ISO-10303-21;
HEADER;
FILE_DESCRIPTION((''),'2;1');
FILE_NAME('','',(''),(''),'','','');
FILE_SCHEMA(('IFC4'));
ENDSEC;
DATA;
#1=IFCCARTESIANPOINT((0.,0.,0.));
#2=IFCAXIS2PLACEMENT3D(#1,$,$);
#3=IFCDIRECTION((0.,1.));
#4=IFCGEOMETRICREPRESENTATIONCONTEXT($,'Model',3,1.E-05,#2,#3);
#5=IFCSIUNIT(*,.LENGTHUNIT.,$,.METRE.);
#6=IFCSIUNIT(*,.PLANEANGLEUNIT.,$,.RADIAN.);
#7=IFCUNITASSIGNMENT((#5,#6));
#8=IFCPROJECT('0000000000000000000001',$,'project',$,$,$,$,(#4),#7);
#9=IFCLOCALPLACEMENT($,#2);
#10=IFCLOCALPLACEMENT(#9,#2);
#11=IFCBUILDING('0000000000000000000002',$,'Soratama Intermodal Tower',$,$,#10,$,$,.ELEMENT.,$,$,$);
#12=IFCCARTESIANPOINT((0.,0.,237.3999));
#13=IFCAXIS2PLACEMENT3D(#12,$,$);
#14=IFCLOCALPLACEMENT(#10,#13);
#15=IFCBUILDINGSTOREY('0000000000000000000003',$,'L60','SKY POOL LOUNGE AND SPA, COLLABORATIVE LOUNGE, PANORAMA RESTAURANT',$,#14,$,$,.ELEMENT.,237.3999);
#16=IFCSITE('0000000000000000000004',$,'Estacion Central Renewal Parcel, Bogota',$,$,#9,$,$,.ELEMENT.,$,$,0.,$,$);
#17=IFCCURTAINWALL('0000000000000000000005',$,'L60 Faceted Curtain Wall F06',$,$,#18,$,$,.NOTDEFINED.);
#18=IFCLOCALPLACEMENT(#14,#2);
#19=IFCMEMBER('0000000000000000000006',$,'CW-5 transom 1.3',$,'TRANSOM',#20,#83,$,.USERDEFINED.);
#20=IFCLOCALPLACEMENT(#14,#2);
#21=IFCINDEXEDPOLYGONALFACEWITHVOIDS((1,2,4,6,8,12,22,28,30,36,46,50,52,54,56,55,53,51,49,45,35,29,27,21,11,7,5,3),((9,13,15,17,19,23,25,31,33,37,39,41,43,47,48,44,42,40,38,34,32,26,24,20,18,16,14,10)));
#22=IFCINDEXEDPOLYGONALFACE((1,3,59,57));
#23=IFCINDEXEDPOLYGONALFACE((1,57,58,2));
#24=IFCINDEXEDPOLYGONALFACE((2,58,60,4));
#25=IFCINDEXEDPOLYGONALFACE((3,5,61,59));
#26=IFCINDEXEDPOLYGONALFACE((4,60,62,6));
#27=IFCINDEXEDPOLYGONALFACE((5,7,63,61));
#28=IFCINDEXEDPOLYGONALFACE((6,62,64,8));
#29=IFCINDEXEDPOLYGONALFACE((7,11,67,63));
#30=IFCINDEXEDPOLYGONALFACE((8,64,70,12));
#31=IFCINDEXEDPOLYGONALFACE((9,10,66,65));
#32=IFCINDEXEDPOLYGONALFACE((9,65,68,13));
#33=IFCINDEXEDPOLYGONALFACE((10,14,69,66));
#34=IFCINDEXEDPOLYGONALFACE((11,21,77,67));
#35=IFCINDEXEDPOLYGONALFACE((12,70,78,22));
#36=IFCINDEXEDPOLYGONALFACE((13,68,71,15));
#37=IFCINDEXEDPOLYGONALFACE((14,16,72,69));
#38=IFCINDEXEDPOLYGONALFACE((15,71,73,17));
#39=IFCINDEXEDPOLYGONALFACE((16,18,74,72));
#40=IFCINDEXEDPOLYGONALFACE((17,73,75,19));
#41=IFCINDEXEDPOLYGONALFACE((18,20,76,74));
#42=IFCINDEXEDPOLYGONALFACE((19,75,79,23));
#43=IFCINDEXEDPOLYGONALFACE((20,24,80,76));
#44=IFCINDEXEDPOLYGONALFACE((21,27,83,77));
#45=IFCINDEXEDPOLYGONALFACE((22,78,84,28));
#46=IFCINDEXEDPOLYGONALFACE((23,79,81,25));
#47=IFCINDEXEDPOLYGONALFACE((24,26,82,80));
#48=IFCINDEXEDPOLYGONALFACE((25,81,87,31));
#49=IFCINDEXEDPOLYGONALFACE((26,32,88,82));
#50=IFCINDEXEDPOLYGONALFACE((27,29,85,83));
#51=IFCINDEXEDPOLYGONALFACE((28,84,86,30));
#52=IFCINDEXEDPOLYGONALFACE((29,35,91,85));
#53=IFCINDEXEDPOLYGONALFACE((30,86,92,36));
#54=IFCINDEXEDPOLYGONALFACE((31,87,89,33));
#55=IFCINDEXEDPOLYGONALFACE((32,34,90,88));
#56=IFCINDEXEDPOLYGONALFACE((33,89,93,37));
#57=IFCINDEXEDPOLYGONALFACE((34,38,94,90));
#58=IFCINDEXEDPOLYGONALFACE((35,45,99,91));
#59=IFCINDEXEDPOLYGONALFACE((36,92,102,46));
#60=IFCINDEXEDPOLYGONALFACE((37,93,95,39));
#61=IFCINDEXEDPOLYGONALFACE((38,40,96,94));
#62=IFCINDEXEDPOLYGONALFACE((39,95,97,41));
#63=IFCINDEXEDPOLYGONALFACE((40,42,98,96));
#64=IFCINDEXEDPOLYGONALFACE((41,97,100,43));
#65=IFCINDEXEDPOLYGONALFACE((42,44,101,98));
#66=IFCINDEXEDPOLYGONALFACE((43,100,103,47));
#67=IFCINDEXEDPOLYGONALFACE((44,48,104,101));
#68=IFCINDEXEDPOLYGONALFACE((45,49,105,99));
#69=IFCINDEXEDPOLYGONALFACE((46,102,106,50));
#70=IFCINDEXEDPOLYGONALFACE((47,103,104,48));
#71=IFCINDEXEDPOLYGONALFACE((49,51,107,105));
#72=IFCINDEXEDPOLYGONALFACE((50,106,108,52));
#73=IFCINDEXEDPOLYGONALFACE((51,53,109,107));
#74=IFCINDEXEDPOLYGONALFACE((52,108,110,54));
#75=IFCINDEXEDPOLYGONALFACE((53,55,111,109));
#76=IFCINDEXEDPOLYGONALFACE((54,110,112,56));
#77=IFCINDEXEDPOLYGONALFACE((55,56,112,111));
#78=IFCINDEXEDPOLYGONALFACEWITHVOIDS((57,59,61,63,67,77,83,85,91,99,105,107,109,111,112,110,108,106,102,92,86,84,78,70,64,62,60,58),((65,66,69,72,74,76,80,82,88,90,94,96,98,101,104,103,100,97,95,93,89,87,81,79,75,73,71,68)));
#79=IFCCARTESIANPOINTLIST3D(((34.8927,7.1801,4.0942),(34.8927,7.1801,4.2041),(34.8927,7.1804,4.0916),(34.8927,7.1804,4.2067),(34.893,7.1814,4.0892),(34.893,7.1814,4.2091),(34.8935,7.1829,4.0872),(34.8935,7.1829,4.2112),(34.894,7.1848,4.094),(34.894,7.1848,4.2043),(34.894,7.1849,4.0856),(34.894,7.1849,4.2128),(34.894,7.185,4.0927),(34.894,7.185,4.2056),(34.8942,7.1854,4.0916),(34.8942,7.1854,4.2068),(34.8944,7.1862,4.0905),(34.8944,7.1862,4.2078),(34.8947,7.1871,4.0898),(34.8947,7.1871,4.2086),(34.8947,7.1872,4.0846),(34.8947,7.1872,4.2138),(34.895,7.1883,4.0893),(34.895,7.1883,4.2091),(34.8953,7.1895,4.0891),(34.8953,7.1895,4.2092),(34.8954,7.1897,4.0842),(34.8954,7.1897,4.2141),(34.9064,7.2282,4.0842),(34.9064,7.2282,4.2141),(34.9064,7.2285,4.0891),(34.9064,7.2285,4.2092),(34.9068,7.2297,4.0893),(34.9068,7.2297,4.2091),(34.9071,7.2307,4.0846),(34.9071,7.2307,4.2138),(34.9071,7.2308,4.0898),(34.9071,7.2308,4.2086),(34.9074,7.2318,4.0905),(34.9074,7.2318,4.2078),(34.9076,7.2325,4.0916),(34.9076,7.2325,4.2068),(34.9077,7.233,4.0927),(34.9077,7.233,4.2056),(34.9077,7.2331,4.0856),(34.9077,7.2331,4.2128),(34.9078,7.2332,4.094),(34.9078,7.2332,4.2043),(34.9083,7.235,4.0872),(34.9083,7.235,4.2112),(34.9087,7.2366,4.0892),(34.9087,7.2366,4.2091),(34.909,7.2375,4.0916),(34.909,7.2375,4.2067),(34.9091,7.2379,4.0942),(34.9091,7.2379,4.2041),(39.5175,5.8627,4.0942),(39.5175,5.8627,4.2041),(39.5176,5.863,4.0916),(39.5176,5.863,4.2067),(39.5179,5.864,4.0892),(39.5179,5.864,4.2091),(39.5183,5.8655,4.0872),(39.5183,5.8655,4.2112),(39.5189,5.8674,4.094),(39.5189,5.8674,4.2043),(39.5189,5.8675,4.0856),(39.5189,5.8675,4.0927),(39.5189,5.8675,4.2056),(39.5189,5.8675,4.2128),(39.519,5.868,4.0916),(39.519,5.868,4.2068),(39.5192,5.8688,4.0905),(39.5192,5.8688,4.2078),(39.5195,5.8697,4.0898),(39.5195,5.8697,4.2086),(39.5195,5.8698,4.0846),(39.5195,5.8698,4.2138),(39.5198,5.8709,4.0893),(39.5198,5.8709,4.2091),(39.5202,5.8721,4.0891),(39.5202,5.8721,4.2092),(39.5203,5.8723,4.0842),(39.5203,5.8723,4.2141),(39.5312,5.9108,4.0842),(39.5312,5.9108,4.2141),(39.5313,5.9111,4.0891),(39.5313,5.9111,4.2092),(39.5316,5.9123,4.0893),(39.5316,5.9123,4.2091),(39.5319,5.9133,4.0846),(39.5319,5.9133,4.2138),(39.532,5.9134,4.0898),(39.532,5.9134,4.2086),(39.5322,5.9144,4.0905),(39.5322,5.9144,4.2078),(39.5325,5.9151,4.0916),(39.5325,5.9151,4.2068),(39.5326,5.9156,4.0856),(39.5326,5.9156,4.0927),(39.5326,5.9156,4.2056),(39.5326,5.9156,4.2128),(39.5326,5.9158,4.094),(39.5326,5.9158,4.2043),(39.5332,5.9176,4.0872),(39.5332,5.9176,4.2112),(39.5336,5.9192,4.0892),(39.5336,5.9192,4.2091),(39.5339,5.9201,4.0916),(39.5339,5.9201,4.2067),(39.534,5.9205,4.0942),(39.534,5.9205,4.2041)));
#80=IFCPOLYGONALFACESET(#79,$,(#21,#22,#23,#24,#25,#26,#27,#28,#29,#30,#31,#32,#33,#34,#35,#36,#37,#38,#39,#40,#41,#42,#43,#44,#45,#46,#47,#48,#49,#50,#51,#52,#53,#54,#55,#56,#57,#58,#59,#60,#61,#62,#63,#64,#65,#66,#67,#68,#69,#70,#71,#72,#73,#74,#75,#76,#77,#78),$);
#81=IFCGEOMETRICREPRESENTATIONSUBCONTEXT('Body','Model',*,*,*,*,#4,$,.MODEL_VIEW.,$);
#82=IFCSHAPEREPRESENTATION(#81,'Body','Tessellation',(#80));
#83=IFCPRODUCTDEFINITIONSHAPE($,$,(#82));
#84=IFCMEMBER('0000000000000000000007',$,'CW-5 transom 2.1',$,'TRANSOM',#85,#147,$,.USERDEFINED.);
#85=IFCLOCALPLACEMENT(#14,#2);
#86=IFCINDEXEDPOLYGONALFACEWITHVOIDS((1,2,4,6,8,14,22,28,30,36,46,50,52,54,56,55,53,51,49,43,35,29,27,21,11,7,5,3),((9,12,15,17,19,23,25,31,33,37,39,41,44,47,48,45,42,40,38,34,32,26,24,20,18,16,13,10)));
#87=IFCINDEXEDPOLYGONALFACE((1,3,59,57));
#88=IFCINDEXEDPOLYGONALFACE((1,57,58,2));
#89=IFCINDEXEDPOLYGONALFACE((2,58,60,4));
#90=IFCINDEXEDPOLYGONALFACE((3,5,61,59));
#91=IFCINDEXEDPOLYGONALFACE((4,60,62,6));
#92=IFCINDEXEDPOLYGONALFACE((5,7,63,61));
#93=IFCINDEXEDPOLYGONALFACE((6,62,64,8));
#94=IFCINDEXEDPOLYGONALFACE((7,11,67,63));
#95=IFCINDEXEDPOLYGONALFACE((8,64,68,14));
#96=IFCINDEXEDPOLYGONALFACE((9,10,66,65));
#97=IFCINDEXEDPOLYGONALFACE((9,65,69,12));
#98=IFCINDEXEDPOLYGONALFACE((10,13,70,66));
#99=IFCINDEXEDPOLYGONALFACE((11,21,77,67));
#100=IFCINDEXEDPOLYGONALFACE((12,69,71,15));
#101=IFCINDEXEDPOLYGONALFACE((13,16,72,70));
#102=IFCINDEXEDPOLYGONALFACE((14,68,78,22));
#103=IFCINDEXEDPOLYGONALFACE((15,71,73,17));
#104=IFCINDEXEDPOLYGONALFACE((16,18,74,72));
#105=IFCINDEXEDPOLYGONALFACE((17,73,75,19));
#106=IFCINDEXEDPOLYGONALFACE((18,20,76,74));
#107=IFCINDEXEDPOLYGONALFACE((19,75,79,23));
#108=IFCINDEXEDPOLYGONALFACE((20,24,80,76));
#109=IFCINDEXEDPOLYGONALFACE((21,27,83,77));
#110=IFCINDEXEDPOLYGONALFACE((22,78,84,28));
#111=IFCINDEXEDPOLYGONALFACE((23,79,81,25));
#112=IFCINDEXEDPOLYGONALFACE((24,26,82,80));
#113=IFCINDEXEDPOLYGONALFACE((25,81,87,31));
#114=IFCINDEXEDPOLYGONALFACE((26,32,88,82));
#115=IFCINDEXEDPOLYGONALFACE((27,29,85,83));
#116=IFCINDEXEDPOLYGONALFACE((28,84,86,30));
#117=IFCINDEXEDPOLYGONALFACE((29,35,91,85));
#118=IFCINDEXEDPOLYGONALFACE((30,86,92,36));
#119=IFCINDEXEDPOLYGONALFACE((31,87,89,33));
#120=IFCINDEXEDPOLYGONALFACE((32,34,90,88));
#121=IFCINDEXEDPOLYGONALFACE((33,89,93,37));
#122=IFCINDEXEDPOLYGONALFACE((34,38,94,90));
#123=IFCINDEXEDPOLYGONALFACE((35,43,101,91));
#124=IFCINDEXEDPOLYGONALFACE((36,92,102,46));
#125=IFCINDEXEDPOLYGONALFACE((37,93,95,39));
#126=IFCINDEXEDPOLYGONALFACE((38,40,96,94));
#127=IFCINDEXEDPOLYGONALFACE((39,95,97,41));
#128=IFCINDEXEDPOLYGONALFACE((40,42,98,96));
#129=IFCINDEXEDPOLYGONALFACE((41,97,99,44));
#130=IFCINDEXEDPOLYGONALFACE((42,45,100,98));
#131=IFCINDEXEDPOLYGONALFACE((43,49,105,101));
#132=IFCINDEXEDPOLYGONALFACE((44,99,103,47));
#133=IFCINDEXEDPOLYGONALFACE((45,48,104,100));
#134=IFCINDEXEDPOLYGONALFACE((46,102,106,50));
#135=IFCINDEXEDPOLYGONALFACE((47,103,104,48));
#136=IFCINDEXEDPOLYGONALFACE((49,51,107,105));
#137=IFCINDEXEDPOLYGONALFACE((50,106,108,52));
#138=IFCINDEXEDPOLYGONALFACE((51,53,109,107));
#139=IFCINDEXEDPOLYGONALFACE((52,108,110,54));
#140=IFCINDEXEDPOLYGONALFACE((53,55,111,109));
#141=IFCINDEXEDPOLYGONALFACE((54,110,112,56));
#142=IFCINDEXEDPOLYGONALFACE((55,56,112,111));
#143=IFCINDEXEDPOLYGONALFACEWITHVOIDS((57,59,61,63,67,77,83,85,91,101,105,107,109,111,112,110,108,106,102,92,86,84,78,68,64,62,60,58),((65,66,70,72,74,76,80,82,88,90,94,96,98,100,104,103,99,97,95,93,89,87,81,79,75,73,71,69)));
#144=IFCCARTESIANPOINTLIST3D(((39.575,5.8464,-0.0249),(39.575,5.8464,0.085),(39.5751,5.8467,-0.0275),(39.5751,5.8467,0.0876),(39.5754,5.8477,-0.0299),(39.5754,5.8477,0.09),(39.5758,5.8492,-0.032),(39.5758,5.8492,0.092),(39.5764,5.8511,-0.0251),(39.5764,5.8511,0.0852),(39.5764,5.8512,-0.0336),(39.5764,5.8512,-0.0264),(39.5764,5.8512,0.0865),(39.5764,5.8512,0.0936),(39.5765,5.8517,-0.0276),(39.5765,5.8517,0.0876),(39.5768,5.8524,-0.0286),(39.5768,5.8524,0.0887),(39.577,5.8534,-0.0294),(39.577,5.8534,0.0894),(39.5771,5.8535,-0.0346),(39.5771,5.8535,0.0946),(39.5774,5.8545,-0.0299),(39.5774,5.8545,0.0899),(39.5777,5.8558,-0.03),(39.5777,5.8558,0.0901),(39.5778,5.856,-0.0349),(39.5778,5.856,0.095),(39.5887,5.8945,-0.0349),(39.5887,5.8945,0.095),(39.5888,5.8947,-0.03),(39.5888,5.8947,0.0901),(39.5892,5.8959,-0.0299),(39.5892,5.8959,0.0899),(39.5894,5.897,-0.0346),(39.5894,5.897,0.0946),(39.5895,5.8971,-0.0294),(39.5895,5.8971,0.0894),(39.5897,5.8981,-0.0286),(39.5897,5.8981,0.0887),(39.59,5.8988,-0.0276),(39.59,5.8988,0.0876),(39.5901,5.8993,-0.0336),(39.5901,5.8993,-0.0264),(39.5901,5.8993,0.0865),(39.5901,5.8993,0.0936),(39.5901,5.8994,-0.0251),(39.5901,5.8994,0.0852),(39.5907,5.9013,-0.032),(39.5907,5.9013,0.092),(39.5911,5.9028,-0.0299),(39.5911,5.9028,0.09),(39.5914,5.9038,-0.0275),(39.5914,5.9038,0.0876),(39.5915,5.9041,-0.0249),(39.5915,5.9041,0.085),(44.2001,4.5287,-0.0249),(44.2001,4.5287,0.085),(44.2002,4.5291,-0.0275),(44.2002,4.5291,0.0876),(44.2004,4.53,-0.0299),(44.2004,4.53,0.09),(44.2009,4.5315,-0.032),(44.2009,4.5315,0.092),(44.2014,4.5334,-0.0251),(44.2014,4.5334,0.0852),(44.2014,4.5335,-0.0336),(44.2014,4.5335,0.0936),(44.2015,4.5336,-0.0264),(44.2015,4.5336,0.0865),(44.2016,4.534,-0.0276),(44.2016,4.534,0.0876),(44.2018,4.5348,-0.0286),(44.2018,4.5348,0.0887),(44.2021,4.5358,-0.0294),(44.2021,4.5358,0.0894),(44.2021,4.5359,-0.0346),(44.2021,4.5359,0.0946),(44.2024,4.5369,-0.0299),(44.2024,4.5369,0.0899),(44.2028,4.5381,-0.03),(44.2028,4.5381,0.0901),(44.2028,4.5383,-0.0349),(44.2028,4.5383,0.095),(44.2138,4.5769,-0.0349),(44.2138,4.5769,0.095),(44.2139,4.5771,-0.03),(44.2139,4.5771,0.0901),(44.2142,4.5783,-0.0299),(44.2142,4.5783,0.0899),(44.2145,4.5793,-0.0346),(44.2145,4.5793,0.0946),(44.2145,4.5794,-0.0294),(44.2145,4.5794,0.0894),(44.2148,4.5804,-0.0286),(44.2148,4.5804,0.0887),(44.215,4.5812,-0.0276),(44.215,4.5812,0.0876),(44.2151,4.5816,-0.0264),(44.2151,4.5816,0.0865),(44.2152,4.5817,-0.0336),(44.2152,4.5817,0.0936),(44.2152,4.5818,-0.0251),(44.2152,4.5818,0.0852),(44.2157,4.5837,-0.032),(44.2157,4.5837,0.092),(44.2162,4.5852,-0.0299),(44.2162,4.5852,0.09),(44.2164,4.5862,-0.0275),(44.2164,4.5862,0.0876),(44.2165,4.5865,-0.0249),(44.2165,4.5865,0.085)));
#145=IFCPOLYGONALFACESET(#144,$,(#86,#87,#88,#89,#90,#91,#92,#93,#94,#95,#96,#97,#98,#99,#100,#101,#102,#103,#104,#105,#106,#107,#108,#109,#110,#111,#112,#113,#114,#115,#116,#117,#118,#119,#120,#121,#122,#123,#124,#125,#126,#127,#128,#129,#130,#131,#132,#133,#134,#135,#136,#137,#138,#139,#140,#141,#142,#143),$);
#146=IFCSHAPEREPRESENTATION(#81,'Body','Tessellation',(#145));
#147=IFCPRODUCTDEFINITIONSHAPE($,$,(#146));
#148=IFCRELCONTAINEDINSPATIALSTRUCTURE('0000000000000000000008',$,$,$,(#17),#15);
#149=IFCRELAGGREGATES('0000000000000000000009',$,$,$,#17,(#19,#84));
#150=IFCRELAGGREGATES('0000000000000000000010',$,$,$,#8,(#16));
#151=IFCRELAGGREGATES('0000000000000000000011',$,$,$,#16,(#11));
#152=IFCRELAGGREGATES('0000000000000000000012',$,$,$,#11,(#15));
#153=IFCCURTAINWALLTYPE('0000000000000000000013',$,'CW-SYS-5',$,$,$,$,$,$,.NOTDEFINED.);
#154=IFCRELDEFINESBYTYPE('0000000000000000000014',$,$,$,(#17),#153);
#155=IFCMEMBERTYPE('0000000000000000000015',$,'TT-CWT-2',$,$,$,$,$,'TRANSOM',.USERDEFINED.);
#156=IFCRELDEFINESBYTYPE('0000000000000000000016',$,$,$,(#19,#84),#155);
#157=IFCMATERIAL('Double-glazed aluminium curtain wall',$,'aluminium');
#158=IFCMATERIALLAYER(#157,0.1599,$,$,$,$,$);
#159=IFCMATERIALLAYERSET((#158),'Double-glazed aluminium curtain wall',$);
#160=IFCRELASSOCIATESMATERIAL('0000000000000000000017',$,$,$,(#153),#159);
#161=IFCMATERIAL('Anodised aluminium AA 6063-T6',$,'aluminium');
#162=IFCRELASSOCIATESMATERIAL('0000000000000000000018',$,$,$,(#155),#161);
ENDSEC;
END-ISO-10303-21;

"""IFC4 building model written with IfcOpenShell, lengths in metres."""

from ifc_helpers import new_model, si_unit, direction, frame, origin, origin_2d, place, context, subcontext, project, spatial, hollow_rectangle, extrude, material, layer, layer_set, material_profile, profile_set, type_object, element, aggregate, save


model = new_model("IFC4")

# Units and contexts
model_context = context("Model", 3, precision=1e-05, world=origin(), true_north=direction((0.0, 1.0)))
body_context = subcontext(model_context, "Body", "Model", "MODEL_VIEW")
ifc_project = project(units=[si_unit("LENGTHUNIT", "METRE"), si_unit("PLANEANGLEUNIT", "RADIAN")], contexts=[model_context])

# Site, building, storey
site_placement = place(None, origin())
site = spatial("IfcSite", under=ifc_project, at=site_placement, Name="Estacion Central Renewal Parcel, Bogota", CompositionType="ELEMENT", RefElevation=0.0)
building_placement = place(site_placement, origin())
building = spatial("IfcBuilding", under=site, at=building_placement, Name="Soratama Intermodal Tower", CompositionType="ELEMENT")
storey_placement = place(building_placement, frame((0.0, 0.0, 237.3999)))
storey = spatial("IfcBuildingStorey", under=building, at=storey_placement, Name="L60", Description="SKY POOL LOUNGE AND SPA, COLLABORATIVE LOUNGE, PANORAMA RESTAURANT", CompositionType="ELEMENT", Elevation=237.3999)

# Curtain wall, members
ifc_material_1 = material(Name="Double-glazed aluminium curtain wall", Category="aluminium")
ifc_layer_1 = layer(ifc_material_1, 0.1599)
ifc_layer_set_1 = layer_set([ifc_layer_1], Name="Double-glazed aluminium curtain wall")
curtain_wall_type = type_object("IfcCurtainWallType", Name="CW-SYS-5", PredefinedType="NOTDEFINED", material=ifc_layer_set_1)
curtain_wall_placement = place(storey_placement, origin())
curtain_wall = element("IfcCurtainWall", 1, at=curtain_wall_placement, inside=storey, type_object=curtain_wall_type, Name="L60 Faceted Curtain Wall F06", PredefinedType="NOTDEFINED")
ifc_material_2 = material(Name="Anodised aluminium AA 6063-T6", Category="aluminium")
ifc_material_profile_1 = material_profile(ifc_material_2, hollow_rectangle(XDim=0.0601, YDim=0.1299, WallThickness=0.0049, InnerFilletRadius=0.0049, OuterFilletRadius=0.01, at=origin_2d()), Name="CWT130X60X5")
ifc_profile_set_1 = profile_set([ifc_material_profile_1], Name="Anodised aluminium AA 6063-T6")
member_type_1 = type_object("IfcMemberType", Name="TT-CWT-2", ElementType="TRANSOM", PredefinedType="USERDEFINED", material=ifc_profile_set_1)
member_1_placement = place(storey_placement, frame((34.9009, 7.209, 4.1492), z_axis=(0.961742, -0.273957, 0.0), x_axis=(0.273957, 0.961742, 0.0)))
member_1 = element("IfcMember", 2, at=member_1_placement, type_object=member_type_1, Name="CW-5 transom 1.3", ObjectType="TRANSOM", PredefinedType="USERDEFINED", context=body_context, shape_type="SweptSolid", body=[
    extrude(hollow_rectangle(XDim=0.0601, YDim=0.1299, WallThickness=0.0049, InnerFilletRadius=0.0049, OuterFilletRadius=0.01, at=origin_2d()), origin(), (0.0, 0.0, 1.0), 4.8088),
])
member_2_placement = place(storey_placement, frame((39.5833, 5.8752, 0.03), z_axis=(0.961732, -0.27399, 0.0), x_axis=(0.27399, 0.961732, 0.0)))
member_2 = element("IfcMember", 3, at=member_2_placement, type_object=member_type_1, Name="CW-5 transom 2.1", ObjectType="TRANSOM", PredefinedType="USERDEFINED", context=body_context, shape_type="SweptSolid", body=[
    extrude(hollow_rectangle(XDim=0.0601, YDim=0.1299, WallThickness=0.0049, InnerFilletRadius=0.0049, OuterFilletRadius=0.01, at=origin_2d()), origin(), (0.0, 0.0, 1.0), 4.8091),
])
aggregate(curtain_wall, [member_1, member_2])

save(model, "model.ifc")
